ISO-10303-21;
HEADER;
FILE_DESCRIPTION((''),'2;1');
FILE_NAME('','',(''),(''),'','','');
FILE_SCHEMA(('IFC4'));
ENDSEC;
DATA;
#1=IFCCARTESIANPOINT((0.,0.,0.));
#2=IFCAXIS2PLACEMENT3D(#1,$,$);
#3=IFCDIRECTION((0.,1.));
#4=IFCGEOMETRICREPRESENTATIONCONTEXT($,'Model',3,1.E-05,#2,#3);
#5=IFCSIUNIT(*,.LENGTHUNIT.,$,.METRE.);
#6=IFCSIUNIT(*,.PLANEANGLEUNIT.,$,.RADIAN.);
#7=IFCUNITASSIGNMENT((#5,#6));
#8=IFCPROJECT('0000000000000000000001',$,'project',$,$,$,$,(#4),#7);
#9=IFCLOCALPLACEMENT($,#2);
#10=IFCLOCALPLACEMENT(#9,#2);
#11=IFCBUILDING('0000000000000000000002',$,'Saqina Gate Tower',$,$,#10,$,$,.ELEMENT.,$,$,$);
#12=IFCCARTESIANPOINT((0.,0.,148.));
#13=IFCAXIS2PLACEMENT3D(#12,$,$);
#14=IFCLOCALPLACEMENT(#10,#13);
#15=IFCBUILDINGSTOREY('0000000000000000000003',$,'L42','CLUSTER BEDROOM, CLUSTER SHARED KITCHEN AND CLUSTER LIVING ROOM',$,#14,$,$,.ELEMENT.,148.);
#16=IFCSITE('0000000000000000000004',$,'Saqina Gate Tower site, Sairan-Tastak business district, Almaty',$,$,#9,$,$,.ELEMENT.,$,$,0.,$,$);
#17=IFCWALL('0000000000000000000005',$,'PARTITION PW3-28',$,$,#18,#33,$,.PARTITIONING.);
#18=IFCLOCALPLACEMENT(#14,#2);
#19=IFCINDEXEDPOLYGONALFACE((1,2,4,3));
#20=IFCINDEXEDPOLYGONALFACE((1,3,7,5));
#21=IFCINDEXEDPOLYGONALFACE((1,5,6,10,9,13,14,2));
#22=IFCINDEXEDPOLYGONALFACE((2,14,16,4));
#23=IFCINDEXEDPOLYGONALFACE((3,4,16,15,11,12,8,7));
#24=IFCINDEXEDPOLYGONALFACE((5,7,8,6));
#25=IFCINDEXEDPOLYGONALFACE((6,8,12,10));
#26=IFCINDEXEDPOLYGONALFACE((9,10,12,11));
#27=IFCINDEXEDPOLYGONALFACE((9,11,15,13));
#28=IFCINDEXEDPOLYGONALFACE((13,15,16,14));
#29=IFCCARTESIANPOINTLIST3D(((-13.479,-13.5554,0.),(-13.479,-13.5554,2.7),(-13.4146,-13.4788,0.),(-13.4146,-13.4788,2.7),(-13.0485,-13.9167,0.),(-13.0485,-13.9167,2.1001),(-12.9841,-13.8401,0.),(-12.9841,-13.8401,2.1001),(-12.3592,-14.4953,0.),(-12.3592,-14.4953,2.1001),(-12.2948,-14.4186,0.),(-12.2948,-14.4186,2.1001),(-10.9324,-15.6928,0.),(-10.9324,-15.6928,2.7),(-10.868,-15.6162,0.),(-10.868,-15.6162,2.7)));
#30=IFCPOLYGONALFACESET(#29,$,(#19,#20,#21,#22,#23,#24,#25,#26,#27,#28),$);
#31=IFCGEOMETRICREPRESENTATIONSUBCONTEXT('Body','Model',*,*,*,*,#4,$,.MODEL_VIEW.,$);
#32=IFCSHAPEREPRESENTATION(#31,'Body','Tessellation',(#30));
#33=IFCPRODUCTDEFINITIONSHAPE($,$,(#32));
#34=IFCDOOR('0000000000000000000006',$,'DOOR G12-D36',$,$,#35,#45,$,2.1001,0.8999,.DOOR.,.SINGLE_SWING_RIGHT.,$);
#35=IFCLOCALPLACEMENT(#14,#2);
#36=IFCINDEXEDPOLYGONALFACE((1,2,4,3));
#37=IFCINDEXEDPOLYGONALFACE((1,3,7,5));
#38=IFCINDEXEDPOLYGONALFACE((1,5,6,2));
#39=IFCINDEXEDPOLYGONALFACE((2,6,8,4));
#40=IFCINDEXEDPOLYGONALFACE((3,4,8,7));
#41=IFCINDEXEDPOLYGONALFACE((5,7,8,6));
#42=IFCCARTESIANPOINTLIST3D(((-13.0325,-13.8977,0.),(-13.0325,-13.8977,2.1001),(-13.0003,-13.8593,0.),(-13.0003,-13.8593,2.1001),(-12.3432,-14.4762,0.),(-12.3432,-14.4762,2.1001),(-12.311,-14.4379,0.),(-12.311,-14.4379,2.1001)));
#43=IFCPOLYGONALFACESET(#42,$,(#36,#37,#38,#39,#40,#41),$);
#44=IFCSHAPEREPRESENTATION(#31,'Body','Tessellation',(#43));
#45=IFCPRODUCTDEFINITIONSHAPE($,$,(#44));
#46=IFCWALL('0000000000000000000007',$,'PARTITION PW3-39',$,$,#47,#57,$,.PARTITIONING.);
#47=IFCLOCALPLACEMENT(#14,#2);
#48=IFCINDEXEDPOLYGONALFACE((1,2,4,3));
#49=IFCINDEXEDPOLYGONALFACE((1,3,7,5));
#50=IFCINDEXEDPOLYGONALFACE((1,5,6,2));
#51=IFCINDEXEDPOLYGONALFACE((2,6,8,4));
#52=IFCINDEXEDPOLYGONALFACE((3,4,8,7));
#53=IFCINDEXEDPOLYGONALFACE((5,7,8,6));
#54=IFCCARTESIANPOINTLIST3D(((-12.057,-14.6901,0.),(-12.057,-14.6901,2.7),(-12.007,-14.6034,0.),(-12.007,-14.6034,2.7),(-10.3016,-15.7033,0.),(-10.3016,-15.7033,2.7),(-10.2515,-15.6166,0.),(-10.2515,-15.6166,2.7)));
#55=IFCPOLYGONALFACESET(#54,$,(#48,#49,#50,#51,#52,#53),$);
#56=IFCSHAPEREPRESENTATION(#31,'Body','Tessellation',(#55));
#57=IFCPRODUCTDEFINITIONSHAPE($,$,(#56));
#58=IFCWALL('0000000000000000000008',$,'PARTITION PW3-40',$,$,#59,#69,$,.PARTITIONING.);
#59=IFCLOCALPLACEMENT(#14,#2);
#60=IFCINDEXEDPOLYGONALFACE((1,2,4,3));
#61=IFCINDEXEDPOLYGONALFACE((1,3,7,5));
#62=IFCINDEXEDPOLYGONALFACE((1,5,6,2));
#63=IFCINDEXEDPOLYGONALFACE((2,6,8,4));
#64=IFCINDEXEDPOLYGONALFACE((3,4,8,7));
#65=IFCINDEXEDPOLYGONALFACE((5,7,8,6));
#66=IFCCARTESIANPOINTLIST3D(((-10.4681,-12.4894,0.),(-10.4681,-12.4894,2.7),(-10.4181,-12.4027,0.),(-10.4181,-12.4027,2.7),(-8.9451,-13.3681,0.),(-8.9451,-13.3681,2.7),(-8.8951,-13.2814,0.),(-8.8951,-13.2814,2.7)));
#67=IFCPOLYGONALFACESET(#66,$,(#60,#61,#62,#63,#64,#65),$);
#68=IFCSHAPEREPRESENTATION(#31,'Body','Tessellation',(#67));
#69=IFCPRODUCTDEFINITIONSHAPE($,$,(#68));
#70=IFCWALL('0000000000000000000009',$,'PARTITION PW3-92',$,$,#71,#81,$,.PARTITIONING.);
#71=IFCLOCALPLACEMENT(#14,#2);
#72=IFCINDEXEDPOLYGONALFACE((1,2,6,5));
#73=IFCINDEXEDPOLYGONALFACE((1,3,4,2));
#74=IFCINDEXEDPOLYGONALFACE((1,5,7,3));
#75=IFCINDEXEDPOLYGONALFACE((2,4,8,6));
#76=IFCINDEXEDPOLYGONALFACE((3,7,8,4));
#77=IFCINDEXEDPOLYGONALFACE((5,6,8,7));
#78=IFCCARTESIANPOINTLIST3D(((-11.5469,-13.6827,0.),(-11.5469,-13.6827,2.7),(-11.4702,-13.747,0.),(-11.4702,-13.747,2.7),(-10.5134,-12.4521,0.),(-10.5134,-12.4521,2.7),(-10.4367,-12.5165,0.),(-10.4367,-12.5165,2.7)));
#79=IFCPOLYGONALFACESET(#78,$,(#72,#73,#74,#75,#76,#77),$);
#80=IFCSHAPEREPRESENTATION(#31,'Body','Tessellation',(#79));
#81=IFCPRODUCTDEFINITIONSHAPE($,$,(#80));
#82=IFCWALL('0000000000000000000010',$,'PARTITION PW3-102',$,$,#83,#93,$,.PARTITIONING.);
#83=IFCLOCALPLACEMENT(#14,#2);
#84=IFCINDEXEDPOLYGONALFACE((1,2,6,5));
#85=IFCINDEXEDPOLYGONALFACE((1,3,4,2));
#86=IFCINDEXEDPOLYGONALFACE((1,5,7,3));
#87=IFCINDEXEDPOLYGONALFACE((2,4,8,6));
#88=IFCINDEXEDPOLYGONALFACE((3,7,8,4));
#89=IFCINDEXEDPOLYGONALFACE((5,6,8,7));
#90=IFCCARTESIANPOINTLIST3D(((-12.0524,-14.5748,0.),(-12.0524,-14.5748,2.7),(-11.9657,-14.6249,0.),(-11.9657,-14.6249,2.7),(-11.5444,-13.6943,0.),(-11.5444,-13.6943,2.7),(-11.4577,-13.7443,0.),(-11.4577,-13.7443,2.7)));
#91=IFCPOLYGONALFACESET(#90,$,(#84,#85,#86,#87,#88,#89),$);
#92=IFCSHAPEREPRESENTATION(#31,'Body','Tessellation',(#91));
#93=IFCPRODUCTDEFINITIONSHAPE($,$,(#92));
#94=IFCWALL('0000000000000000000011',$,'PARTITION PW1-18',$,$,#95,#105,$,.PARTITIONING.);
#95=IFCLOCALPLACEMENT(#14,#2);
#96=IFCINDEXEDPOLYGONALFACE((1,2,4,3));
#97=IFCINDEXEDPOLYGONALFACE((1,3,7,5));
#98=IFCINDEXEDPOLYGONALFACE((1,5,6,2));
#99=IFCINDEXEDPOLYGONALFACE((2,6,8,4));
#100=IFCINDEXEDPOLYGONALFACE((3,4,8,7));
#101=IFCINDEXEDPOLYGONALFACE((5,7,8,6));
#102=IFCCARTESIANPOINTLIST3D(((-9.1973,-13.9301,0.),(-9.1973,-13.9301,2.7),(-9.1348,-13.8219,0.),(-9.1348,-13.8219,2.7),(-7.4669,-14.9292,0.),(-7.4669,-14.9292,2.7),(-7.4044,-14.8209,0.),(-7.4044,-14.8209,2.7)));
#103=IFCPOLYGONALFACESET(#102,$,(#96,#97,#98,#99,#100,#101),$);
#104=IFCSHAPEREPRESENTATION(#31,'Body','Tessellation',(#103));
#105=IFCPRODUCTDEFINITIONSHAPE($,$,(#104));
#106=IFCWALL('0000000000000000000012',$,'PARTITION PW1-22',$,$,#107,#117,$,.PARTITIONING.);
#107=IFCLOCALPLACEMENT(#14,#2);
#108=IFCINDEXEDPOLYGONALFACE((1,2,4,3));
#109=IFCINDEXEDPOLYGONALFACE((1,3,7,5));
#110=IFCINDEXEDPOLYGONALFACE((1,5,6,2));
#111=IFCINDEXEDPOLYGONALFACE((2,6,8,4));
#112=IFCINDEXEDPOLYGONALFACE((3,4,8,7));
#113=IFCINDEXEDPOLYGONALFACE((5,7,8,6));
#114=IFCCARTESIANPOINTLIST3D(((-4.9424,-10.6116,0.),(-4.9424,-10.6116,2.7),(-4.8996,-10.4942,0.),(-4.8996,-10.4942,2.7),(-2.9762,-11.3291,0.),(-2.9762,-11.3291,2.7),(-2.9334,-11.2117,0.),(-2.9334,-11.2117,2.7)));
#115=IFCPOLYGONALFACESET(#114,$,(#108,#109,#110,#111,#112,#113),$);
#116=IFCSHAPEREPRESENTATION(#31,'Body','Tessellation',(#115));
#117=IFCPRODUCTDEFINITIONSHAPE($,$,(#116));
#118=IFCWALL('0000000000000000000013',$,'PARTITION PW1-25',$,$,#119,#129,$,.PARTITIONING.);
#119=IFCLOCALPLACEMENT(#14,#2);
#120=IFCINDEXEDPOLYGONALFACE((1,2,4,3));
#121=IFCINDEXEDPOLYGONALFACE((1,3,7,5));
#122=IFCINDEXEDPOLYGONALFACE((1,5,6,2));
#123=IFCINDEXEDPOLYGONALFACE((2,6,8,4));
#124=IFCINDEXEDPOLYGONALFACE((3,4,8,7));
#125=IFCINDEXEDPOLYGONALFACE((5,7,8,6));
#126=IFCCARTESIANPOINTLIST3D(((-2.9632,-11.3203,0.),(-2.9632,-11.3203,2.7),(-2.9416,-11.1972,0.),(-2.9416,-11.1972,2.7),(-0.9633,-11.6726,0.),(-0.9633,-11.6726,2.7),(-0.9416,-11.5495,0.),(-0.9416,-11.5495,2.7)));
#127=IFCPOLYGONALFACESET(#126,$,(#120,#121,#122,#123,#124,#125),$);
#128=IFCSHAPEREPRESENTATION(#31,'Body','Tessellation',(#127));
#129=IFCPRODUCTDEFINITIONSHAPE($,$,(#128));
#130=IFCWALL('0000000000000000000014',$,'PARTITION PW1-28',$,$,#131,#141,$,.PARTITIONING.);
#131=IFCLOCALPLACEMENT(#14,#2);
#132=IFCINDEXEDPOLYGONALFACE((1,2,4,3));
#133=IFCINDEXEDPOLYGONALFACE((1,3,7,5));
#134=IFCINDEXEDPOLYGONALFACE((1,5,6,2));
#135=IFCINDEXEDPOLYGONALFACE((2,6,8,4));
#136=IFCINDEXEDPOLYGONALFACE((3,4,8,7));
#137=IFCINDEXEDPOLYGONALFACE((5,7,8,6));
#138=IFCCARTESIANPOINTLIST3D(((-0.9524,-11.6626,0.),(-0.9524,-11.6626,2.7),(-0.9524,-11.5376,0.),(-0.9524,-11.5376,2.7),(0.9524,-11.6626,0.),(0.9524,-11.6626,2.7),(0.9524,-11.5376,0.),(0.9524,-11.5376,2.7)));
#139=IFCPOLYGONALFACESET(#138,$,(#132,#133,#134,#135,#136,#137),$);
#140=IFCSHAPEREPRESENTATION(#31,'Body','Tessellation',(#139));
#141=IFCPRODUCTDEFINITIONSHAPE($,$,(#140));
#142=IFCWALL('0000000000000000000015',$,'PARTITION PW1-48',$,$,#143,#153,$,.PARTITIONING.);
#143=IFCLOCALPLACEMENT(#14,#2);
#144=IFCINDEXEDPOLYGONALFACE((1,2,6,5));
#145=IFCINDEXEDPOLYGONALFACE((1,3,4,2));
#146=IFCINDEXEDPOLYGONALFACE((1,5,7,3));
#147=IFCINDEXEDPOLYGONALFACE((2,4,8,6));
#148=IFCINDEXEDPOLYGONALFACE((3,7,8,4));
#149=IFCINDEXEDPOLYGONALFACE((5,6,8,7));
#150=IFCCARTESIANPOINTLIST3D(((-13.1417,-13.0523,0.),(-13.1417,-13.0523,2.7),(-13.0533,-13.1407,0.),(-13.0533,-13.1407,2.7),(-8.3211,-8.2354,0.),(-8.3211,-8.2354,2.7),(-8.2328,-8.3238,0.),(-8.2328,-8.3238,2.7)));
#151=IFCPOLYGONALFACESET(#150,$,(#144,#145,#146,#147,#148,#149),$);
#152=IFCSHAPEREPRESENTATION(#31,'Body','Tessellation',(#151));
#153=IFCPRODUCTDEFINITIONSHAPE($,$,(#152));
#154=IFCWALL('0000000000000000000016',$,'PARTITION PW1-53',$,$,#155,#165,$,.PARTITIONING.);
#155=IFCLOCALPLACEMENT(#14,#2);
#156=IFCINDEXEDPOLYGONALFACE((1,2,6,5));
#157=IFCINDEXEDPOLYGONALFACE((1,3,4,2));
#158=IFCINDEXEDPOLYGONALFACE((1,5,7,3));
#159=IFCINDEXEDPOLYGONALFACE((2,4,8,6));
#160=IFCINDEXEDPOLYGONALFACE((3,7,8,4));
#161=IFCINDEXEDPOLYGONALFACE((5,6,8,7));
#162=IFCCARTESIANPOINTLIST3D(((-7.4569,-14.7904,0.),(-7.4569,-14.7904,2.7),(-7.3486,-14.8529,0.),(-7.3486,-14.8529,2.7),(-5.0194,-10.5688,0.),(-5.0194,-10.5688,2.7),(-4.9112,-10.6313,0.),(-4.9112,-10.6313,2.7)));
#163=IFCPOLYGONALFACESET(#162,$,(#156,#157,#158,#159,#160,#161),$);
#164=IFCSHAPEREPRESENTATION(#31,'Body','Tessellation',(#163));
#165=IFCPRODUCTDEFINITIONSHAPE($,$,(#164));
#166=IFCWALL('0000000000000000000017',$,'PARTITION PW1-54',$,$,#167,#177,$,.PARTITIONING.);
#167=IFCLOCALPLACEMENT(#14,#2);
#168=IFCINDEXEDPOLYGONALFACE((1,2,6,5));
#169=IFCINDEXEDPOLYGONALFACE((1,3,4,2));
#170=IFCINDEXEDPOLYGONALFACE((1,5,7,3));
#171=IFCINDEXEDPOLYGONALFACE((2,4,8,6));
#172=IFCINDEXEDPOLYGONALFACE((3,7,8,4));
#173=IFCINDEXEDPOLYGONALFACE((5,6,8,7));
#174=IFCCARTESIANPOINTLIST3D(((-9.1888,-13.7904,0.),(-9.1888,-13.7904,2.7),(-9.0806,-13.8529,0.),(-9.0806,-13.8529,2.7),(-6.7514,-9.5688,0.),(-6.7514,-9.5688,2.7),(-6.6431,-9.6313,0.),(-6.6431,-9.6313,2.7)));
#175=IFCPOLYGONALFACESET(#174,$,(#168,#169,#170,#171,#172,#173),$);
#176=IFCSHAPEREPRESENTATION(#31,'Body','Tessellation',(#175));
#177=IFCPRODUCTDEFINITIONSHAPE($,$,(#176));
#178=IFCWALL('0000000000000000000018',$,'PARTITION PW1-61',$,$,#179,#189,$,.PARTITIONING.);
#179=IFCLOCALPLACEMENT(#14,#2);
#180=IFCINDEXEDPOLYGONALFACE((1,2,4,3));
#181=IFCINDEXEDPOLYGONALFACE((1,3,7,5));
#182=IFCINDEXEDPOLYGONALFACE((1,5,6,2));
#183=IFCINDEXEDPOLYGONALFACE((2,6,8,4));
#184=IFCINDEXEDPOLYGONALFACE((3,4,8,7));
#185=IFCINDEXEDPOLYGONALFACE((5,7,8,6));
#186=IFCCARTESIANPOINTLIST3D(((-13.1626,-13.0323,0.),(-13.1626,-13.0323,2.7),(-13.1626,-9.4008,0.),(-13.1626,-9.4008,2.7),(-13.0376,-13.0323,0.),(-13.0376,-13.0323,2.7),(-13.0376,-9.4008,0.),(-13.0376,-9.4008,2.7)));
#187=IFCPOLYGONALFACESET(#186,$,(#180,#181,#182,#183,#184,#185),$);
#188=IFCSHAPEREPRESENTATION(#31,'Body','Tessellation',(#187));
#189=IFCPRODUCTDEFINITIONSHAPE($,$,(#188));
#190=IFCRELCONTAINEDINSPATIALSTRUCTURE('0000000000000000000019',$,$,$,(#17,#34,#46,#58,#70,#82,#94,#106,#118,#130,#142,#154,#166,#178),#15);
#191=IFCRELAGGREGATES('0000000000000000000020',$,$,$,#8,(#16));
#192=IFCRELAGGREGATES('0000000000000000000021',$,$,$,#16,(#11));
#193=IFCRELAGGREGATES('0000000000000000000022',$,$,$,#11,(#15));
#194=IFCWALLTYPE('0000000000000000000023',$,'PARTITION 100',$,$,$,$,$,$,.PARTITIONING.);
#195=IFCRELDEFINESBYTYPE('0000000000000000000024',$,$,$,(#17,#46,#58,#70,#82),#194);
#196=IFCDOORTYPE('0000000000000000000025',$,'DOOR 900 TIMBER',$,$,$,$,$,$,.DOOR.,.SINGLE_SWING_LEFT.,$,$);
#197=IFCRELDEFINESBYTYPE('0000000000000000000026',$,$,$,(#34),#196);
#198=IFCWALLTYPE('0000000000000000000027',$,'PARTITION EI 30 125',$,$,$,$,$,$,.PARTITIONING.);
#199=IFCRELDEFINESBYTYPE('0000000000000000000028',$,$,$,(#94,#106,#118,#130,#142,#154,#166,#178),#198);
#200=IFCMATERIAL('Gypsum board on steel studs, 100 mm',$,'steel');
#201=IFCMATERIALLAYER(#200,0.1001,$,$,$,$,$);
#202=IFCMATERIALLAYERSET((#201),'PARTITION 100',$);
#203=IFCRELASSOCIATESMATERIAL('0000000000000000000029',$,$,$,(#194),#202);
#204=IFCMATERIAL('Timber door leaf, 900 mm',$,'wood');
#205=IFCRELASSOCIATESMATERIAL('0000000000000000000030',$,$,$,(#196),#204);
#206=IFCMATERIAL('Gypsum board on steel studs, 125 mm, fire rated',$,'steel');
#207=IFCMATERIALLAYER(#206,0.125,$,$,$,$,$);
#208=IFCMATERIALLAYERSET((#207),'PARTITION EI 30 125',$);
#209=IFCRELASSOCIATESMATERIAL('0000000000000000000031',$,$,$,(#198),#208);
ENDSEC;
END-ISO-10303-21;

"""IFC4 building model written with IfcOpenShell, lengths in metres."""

from ifc_helpers import new_model, si_unit, direction, frame, frame_2d, origin, place, context, subcontext, project, spatial, rectangle, extrude, material, layer, layer_set, type_object, element, fill, save


model = new_model("IFC4")

# Units and contexts
model_context = context("Model", 3, precision=1e-05, world=origin(), true_north=direction((0.0, 1.0)))
body_context = subcontext(model_context, "Body", "Model", "MODEL_VIEW")
ifc_project = project(units=[si_unit("LENGTHUNIT", "METRE"), si_unit("PLANEANGLEUNIT", "RADIAN")], contexts=[model_context])

# Site, building, storey
site_placement = place(None, origin())
site = spatial("IfcSite", under=ifc_project, at=site_placement, Name="Saqina Gate Tower site, Sairan-Tastak business district, Almaty", CompositionType="ELEMENT", RefElevation=0.0)
building_placement = place(site_placement, origin())
building = spatial("IfcBuilding", under=site, at=building_placement, Name="Saqina Gate Tower", CompositionType="ELEMENT")
storey_placement = place(building_placement, frame((0.0, 0.0, 148.0)))
storey = spatial("IfcBuildingStorey", under=building, at=storey_placement, Name="L42", Description="CLUSTER BEDROOM, CLUSTER SHARED KITCHEN AND CLUSTER LIVING ROOM", CompositionType="ELEMENT", Elevation=148.0)

# Wall, opening, door
ifc_material_1 = material(Name="Gypsum board on steel studs, 100 mm", Category="steel")
ifc_layer_1 = layer(ifc_material_1, 0.1001)
ifc_layer_set_1 = layer_set([ifc_layer_1], Name="PARTITION 100")
wall_type_1 = type_object("IfcWallType", Name="PARTITION 100", PredefinedType="PARTITIONING", material=ifc_layer_set_1)
wall_1_placement = place(storey_placement, frame((-13.4468, -13.5171, 0.0), z_axis=(0.0, 0.0, 1.0), x_axis=(0.765959, -0.642889, 0.0)))
wall_1 = element("IfcWall", 1, at=wall_1_placement, inside=storey, type_object=wall_type_1, Name="PARTITION PW3-28", PredefinedType="PARTITIONING", context=body_context, shape_type="SweptSolid", body=[
    extrude(rectangle(XDim=3.3247, YDim=0.1001, at=frame_2d((1.6624, 0.0))), origin(), (0.0, 0.0, 1.0), 2.7),
])
opening_placement = place(wall_1_placement, frame((0.562, 0.0, 0.0)))
opening = element("IfcOpeningElement", 2, at=opening_placement, cuts=wall_1, PredefinedType="OPENING", context=body_context, shape_type="SweptSolid", body=[
    extrude(rectangle(XDim=0.8999, YDim=2.1001, at=frame_2d((0.45, 1.05))), frame((0.0, 0.062, 0.0), z_axis=(0.0, -1.0, 0.0), x_axis=(1.0, 0.0, 0.0)), (0.0, 0.0, 1.0), 0.124),
])
ifc_material_2 = material(Name="Timber door leaf, 900 mm", Category="wood")
door_type = type_object("IfcDoorType", Name="DOOR 900 TIMBER", OperationType="SINGLE_SWING_LEFT", PredefinedType="DOOR", material=ifc_material_2)
door_placement = place(opening_placement, origin())
door = element("IfcDoor", 3, at=door_placement, inside=storey, type_object=door_type, Name="DOOR G12-D36", OperationType="SINGLE_SWING_RIGHT", OverallHeight=2.1001, OverallWidth=0.8999, PredefinedType="DOOR", context=body_context, shape_type="SweptSolid", body=[
    extrude(rectangle(XDim=0.8999, YDim=2.1001, at=frame_2d((0.45, 1.05))), frame((0.0, 0.0249, 0.0), z_axis=(0.0, -1.0, 0.0), x_axis=(1.0, 0.0, 0.0)), (0.0, 0.0, 1.0), 0.05),
])
fill(opening, door)

# Walls
wall_2_placement = place(storey_placement, frame((-12.032, -14.6467, 0.0), z_axis=(0.0, 0.0, 1.0), x_axis=(0.866085, -0.499896, 0.0)))
element("IfcWall", 4, at=wall_2_placement, inside=storey, type_object=wall_type_1, Name="PARTITION PW3-39", PredefinedType="PARTITIONING", context=body_context, shape_type="SweptSolid", body=[
    extrude(rectangle(XDim=2.0269, YDim=0.1001, at=frame_2d((1.0134, 0.0))), origin(), (0.0, 0.0, 1.0), 2.7),
])
wall_3_placement = place(storey_placement, frame((-10.4431, -12.446, 0.0), z_axis=(0.0, 0.0, 1.0), x_axis=(0.866176, -0.499738, 0.0)))
element("IfcWall", 5, at=wall_3_placement, inside=storey, type_object=wall_type_1, Name="PARTITION PW3-40", PredefinedType="PARTITIONING", context=body_context, shape_type="SweptSolid", body=[
    extrude(rectangle(XDim=1.7583, YDim=0.1001, at=frame_2d((0.8792, 0.0))), origin(), (0.0, 0.0, 1.0), 2.7),
])
wall_4_placement = place(storey_placement, frame((-11.5085, -13.7148, 0.0), z_axis=(0.0, 0.0, 1.0), x_axis=(0.643139, 0.76575, 0.0)))
element("IfcWall", 6, at=wall_4_placement, inside=storey, type_object=wall_type_1, Name="PARTITION PW3-92", PredefinedType="PARTITIONING", context=body_context, shape_type="SweptSolid", body=[
    extrude(rectangle(XDim=1.6069, YDim=0.1001, at=frame_2d((0.8035, 0.0))), origin(), (0.0, 0.0, 1.0), 2.7),
])
wall_5_placement = place(storey_placement, frame((-12.009, -14.5999, 0.0), z_axis=(0.0, 0.0, 1.0), x_axis=(0.499729, 0.866182, 0.0)))
element("IfcWall", 7, at=wall_5_placement, inside=storey, type_object=wall_type_1, Name="PARTITION PW3-102", PredefinedType="PARTITIONING", context=body_context, shape_type="SweptSolid", body=[
    extrude(rectangle(XDim=1.0166, YDim=0.1001, at=frame_2d((0.5083, 0.0))), origin(), (0.0, 0.0, 1.0), 2.7),
])
ifc_material_3 = material(Name="Gypsum board on steel studs, 125 mm, fire rated", Category="steel")
ifc_layer_2 = layer(ifc_material_3, 0.125)
ifc_layer_set_2 = layer_set([ifc_layer_2], Name="PARTITION EI 30 125")
wall_type_2 = type_object("IfcWallType", Name="PARTITION EI 30 125", PredefinedType="PARTITIONING", material=ifc_layer_set_2)
wall_6_placement = place(storey_placement, frame((-9.166, -13.876, 0.0), z_axis=(0.0, 0.0, 1.0), x_axis=(0.866009, -0.500029, 0.0)))
element("IfcWall", 8, at=wall_6_placement, inside=storey, type_object=wall_type_2, Name="PARTITION PW1-18", PredefinedType="PARTITIONING", context=body_context, shape_type="SweptSolid", body=[
    extrude(rectangle(XDim=1.998, YDim=0.125, at=frame_2d((0.999, 0.0))), origin(), (0.0, 0.0, 1.0), 2.7),
])
wall_7_placement = place(storey_placement, frame((-4.9209, -10.553, 0.0), z_axis=(0.0, 0.0, 1.0), x_axis=(0.939408, -0.342801, 0.0)))
element("IfcWall", 9, at=wall_7_placement, inside=storey, type_object=wall_type_2, Name="PARTITION PW1-22", PredefinedType="PARTITIONING", context=body_context, shape_type="SweptSolid", body=[
    extrude(rectangle(XDim=2.093, YDim=0.125, at=frame_2d((1.0464, 0.0))), origin(), (0.0, 0.0, 1.0), 2.7),
])
wall_8_placement = place(storey_placement, frame((-2.9524, -11.2588, 0.0), z_axis=(0.0, 0.0, 1.0), x_axis=(0.984838, -0.173477, 0.0)))
element("IfcWall", 10, at=wall_8_placement, inside=storey, type_object=wall_type_2, Name="PARTITION PW1-25", PredefinedType="PARTITIONING", context=body_context, shape_type="SweptSolid", body=[
    extrude(rectangle(XDim=2.0308, YDim=0.125, at=frame_2d((1.0154, 0.0))), origin(), (0.0, 0.0, 1.0), 2.7),
])
wall_9_placement = place(storey_placement, frame((-0.9524, -11.6001, 0.0), z_axis=(0.0, 0.0, 1.0), x_axis=(1.0, 0.0, 0.0)))
element("IfcWall", 11, at=wall_9_placement, inside=storey, type_object=wall_type_2, Name="PARTITION PW1-28", PredefinedType="PARTITIONING", context=body_context, shape_type="SweptSolid", body=[
    extrude(rectangle(XDim=1.9048, YDim=0.125, at=frame_2d((0.9524, 0.0))), origin(), (0.0, 0.0, 1.0), 2.7),
])
wall_10_placement = place(storey_placement, frame((-13.0974, -13.0964, 0.0), z_axis=(0.0, 0.0, 1.0), x_axis=(0.707375, 0.706838, 0.0)))
element("IfcWall", 12, at=wall_10_placement, inside=storey, type_object=wall_type_2, Name="PARTITION PW1-48", PredefinedType="PARTITIONING", context=body_context, shape_type="SweptSolid", body=[
    extrude(rectangle(XDim=6.8147, YDim=0.125, at=frame_2d((3.4072, 0.0))), origin(), (0.0, 0.0, 1.0), 2.7),
])
for number, where, z_axis, x_axis, name in (
    (13, (-7.4028, -14.8218, 0.0), (0.0, 0.0, 1.0), (0.500017, 0.866015, 0.0), "PARTITION PW1-53"),
    (14, (-9.1348, -13.8218, 0.0), (0.0, 0.0, 1.0), (0.500017, 0.866015, 0.0), "PARTITION PW1-54"),
):
    element("IfcWall", number, at=place(storey_placement, frame(where, z_axis=z_axis, x_axis=x_axis)), inside=storey, type_object=wall_type_2, Name=name, PredefinedType="PARTITIONING", context=body_context, shape_type="SweptSolid", body=[
        extrude(rectangle(XDim=4.8748, YDim=0.125, at=frame_2d((2.4375, 0.0))), origin(), (0.0, 0.0, 1.0), 2.7),
    ])
wall_11_placement = place(storey_placement, frame((-13.1001, -13.0325, 0.0), z_axis=(0.0, 0.0, 1.0), x_axis=(0.0, 1.0, 0.0)))
element("IfcWall", 15, at=wall_11_placement, inside=storey, type_object=wall_type_2, Name="PARTITION PW1-61", PredefinedType="PARTITIONING", context=body_context, shape_type="SweptSolid", body=[
    extrude(rectangle(XDim=3.6316, YDim=0.125, at=frame_2d((1.8159, 0.0))), origin(), (0.0, 0.0, 1.0), 2.7),
])

save(model, "model.ifc")
